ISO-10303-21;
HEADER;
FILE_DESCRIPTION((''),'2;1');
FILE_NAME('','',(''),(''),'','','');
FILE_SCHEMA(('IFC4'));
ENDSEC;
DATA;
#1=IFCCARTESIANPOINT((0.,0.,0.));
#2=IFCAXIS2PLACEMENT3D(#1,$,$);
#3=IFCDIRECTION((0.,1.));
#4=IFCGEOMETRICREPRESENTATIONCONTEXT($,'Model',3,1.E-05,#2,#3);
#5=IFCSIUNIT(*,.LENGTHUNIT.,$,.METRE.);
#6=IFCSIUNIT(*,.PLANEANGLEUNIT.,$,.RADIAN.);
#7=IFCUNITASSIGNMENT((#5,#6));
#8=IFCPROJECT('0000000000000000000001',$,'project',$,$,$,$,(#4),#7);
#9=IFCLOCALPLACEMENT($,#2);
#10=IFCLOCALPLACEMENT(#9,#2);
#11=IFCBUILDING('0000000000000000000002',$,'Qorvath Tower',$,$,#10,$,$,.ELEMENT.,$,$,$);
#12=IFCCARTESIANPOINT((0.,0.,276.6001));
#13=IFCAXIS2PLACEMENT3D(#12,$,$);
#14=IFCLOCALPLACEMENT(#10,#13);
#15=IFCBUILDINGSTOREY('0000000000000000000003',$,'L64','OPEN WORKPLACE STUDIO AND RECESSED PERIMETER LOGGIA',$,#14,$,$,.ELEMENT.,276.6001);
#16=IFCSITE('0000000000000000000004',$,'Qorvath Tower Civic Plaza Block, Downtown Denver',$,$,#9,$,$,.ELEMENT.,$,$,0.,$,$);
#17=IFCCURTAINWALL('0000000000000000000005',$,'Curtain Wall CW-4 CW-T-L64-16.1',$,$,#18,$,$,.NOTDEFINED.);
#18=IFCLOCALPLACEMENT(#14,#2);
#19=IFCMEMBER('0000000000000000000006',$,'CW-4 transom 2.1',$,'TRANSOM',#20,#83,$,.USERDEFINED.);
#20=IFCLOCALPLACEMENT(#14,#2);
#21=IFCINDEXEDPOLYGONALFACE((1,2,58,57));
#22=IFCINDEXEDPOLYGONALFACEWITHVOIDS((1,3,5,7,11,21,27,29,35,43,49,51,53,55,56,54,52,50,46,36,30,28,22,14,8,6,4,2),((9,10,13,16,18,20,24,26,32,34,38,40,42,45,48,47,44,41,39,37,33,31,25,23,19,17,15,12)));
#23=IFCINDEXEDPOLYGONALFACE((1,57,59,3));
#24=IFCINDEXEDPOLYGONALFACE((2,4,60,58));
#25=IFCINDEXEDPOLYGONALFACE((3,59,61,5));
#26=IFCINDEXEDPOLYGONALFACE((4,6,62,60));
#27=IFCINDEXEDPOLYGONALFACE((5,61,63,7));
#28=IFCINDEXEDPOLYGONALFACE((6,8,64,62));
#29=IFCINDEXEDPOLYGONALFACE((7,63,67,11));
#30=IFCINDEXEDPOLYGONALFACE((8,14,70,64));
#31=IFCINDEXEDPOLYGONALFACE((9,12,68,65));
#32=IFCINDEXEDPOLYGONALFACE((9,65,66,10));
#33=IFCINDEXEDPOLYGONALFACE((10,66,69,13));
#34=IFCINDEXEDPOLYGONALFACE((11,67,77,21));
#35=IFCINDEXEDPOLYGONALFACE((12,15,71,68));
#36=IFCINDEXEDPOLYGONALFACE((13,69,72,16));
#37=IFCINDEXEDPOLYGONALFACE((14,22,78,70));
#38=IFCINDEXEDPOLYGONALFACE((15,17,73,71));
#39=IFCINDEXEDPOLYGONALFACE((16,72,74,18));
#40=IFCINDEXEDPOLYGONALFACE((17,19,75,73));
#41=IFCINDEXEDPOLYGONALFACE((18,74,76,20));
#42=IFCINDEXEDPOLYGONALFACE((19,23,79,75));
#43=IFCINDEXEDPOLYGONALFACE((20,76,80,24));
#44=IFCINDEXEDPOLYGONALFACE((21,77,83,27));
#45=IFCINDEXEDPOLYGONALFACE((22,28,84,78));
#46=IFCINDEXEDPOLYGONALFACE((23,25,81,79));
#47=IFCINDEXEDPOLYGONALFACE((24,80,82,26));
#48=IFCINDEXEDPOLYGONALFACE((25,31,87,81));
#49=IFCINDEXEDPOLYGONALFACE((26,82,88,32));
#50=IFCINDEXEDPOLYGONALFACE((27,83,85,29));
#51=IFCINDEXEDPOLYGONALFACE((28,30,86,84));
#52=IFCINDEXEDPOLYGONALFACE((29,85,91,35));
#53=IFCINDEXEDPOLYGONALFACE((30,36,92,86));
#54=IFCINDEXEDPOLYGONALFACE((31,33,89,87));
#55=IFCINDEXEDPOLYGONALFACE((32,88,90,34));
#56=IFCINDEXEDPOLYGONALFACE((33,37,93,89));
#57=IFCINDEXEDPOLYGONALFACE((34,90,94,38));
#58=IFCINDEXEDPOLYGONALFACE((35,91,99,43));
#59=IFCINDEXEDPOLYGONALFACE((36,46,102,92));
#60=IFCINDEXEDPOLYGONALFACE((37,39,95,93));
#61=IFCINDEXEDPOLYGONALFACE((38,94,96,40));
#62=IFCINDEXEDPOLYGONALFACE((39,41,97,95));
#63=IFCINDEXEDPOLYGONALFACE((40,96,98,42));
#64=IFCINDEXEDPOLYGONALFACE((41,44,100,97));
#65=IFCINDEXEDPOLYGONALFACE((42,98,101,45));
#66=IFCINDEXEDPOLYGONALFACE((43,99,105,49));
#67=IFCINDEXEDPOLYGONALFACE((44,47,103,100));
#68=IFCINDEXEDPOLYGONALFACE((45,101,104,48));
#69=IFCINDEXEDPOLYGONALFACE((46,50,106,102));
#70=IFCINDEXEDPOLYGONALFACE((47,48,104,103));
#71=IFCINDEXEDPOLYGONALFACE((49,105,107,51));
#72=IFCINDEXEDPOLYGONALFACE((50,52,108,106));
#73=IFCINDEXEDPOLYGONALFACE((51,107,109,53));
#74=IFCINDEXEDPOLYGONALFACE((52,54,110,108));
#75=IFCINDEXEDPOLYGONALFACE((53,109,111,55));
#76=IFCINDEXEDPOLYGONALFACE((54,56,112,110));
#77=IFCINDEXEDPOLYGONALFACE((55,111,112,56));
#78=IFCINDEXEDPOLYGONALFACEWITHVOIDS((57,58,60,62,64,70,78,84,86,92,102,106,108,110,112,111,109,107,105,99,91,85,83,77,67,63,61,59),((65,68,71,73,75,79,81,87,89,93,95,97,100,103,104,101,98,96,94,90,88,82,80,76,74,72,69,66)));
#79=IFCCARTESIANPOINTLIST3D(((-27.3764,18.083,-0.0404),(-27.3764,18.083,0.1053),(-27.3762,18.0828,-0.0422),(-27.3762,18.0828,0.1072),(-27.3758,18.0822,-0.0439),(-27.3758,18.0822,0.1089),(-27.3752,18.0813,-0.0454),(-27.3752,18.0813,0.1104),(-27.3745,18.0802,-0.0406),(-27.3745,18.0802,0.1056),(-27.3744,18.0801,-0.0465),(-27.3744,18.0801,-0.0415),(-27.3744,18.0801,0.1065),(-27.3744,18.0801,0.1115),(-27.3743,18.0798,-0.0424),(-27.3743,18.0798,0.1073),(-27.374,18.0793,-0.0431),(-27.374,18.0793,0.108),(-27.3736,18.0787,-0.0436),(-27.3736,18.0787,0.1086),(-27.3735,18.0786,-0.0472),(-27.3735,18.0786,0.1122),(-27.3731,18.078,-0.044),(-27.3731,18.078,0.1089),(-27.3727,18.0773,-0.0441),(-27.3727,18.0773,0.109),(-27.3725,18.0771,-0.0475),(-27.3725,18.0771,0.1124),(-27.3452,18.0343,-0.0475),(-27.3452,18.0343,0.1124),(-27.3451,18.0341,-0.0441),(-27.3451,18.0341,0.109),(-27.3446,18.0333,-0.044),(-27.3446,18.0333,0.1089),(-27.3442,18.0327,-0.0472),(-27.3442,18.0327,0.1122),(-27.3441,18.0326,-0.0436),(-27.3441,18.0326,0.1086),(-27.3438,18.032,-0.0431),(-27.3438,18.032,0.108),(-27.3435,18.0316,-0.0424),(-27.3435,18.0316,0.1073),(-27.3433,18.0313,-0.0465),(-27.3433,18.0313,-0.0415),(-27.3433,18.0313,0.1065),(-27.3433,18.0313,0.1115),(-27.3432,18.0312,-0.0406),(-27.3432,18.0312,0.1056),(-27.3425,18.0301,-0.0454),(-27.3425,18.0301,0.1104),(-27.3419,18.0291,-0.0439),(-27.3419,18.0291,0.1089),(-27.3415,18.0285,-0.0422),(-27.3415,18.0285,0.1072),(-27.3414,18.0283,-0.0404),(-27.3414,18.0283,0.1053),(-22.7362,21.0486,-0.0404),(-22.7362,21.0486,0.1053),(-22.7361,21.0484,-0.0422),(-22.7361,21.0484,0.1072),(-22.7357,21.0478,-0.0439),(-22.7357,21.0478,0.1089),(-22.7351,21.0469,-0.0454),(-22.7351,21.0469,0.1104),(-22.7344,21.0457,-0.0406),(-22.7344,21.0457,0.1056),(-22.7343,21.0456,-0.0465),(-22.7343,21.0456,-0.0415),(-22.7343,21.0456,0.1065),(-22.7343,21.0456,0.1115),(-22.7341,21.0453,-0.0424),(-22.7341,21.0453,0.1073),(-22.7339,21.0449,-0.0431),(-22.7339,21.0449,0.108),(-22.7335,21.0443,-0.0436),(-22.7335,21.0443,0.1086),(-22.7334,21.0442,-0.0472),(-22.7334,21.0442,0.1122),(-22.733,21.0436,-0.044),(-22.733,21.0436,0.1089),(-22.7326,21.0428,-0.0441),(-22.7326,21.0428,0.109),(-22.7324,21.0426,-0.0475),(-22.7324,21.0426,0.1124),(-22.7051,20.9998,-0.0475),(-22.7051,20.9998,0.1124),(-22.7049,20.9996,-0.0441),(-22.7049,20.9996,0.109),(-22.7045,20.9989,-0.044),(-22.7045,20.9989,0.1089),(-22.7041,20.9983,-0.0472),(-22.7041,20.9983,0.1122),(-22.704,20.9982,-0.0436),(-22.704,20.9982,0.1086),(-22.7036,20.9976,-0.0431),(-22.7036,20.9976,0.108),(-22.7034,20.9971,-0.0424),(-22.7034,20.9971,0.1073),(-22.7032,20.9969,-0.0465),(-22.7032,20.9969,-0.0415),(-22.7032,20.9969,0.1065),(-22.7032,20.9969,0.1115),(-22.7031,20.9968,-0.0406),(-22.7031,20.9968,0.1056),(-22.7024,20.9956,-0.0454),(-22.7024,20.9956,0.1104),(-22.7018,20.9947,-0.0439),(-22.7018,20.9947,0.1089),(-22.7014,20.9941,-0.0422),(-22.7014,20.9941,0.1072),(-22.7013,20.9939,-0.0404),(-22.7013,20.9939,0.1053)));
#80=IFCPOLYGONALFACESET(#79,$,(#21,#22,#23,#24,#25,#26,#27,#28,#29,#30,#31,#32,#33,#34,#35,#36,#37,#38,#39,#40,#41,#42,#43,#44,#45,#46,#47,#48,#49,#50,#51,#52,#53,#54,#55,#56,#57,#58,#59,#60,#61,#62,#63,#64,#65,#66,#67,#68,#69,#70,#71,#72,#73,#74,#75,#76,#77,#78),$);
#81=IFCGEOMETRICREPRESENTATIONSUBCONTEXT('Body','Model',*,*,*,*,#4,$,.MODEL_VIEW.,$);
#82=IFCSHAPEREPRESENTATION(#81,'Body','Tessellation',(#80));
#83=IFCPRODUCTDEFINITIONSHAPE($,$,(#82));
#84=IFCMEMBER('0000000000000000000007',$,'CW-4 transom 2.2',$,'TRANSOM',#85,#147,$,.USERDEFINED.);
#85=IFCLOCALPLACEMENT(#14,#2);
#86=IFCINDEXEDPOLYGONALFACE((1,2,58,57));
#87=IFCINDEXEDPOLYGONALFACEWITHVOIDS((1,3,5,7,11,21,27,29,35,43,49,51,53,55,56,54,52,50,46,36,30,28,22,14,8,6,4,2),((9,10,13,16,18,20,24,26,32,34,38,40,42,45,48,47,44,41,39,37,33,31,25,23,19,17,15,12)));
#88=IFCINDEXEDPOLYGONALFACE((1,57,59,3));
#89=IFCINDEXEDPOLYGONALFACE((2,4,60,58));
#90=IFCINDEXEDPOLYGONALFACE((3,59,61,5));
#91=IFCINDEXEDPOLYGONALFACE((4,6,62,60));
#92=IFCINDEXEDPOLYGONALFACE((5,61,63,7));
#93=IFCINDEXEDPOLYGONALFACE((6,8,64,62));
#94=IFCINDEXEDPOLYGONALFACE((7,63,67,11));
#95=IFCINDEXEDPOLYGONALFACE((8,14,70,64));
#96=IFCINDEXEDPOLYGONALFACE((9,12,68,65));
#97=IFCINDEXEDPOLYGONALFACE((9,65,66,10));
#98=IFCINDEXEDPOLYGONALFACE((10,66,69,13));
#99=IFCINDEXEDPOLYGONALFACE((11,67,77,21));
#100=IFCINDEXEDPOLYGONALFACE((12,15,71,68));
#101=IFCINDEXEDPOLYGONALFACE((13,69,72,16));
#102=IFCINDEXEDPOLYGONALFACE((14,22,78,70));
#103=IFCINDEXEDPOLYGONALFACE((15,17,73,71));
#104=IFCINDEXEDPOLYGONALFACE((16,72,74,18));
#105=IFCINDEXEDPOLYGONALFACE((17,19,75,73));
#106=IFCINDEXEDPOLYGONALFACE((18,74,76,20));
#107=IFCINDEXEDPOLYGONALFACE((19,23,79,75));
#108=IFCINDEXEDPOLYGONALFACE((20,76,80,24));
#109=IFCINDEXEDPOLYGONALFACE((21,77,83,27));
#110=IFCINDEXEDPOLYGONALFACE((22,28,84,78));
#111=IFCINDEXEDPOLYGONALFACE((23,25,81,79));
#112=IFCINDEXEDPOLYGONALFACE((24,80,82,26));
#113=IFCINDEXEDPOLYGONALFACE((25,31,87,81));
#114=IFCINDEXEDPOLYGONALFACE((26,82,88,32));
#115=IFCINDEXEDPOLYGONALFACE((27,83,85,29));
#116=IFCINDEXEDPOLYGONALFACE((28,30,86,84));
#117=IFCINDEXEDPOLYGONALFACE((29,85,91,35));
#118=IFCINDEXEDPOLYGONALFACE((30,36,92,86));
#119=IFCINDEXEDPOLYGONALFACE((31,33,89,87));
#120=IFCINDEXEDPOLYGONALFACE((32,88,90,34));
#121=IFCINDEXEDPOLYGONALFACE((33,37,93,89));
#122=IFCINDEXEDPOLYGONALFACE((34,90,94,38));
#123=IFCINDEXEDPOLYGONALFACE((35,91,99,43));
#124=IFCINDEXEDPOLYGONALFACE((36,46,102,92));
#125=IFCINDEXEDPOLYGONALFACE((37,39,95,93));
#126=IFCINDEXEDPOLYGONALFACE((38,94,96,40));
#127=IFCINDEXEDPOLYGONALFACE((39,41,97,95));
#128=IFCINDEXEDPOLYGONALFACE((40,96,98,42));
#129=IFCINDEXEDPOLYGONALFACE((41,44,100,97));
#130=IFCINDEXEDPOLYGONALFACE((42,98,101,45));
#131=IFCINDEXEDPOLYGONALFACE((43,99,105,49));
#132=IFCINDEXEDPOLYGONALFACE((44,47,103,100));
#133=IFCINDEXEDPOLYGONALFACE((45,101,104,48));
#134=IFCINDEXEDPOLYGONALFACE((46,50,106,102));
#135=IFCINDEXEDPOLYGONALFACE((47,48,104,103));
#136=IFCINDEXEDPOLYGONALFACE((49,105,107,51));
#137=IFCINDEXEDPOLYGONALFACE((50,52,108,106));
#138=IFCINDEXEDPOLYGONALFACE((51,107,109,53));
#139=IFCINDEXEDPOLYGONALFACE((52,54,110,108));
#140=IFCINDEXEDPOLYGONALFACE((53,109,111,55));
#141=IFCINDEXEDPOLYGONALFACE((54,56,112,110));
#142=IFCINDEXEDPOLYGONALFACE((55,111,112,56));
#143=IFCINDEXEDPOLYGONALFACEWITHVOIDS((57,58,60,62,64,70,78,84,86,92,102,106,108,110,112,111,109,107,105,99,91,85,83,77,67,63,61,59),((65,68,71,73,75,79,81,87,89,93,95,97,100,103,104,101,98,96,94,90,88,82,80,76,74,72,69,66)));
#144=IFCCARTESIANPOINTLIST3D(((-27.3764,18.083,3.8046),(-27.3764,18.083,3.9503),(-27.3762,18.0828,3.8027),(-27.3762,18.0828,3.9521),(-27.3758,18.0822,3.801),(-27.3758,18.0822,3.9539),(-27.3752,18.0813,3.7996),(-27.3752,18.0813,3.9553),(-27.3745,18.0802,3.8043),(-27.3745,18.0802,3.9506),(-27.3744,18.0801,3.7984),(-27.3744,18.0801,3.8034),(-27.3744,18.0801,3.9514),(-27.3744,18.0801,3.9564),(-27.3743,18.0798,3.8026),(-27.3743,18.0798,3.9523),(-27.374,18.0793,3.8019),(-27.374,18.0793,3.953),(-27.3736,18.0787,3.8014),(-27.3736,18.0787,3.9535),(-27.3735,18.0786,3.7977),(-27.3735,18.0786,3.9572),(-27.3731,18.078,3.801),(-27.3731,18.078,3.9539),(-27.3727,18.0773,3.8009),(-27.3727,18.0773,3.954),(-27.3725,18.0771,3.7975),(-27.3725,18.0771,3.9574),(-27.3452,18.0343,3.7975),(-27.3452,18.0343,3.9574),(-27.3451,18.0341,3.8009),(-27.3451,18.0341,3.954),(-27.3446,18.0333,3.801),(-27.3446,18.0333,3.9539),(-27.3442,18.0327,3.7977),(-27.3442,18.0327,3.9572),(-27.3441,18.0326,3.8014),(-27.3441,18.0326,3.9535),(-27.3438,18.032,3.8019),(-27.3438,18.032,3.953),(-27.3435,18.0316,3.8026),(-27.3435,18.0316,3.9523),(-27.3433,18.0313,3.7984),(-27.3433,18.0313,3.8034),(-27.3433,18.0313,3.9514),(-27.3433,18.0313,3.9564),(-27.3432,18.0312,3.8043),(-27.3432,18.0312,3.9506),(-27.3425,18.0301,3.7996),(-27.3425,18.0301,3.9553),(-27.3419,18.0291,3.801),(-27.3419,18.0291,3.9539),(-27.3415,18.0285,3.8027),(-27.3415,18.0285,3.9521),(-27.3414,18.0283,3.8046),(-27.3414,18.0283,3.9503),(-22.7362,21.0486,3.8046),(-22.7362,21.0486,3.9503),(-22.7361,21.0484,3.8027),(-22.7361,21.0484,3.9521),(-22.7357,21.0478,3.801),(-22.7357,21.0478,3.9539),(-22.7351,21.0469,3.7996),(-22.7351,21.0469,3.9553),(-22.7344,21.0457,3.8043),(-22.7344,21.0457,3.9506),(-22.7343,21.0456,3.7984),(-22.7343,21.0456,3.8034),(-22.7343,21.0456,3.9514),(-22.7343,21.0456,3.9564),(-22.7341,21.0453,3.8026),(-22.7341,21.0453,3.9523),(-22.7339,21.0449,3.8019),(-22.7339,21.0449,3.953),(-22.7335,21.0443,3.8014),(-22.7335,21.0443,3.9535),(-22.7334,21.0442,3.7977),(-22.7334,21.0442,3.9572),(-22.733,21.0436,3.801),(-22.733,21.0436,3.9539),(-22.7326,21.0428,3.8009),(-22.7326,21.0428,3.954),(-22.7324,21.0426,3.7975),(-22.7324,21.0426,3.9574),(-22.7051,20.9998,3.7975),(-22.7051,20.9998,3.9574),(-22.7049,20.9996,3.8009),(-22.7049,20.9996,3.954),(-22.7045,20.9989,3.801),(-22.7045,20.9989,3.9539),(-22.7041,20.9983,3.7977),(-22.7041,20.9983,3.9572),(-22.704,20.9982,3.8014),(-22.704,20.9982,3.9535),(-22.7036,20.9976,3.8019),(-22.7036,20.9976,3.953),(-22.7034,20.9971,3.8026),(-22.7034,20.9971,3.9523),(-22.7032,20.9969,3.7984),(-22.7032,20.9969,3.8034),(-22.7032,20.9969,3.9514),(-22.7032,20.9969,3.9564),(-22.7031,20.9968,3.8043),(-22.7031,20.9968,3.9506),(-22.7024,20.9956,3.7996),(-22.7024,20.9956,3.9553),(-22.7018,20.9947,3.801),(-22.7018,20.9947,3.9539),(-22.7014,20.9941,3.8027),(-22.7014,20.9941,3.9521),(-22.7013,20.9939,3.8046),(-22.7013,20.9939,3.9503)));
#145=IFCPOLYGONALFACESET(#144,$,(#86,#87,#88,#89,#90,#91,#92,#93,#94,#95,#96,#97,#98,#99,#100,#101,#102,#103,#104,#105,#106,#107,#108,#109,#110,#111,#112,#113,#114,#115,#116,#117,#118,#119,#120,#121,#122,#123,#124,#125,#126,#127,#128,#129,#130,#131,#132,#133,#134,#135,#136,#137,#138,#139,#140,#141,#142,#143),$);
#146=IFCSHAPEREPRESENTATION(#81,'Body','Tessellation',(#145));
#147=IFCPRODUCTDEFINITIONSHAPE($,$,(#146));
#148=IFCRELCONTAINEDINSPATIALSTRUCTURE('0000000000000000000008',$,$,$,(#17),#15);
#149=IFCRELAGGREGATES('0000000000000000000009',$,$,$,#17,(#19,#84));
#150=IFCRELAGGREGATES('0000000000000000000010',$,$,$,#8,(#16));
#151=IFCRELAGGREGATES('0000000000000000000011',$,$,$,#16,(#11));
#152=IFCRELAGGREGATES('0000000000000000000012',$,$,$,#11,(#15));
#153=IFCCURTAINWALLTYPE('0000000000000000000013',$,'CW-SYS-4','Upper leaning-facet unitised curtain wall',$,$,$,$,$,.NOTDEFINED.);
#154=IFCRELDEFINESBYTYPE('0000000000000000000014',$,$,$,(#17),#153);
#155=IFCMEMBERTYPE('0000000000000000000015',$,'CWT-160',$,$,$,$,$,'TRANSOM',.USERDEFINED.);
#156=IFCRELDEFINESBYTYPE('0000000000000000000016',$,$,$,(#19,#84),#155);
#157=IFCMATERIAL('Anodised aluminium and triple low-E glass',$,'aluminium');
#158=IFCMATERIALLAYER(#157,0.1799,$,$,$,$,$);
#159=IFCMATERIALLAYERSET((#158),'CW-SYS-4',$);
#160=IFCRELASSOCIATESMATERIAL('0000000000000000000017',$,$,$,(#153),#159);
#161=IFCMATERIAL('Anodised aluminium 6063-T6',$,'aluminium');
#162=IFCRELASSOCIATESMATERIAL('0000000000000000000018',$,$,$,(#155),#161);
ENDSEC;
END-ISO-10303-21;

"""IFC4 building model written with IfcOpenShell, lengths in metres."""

from ifc_helpers import new_model, si_unit, direction, frame, origin, origin_2d, place, context, subcontext, project, spatial, hollow_rectangle, extrude, material, layer, layer_set, material_profile, profile_set, type_object, element, aggregate, save


model = new_model("IFC4")

# Units and contexts
model_context = context("Model", 3, precision=1e-05, world=origin(), true_north=direction((0.0, 1.0)))
body_context = subcontext(model_context, "Body", "Model", "MODEL_VIEW")
ifc_project = project(units=[si_unit("LENGTHUNIT", "METRE"), si_unit("PLANEANGLEUNIT", "RADIAN")], contexts=[model_context])

# Site, building, storey
site_placement = place(None, origin())
site = spatial("IfcSite", under=ifc_project, at=site_placement, Name="Qorvath Tower Civic Plaza Block, Downtown Denver", CompositionType="ELEMENT", RefElevation=0.0)
building_placement = place(site_placement, origin())
building = spatial("IfcBuilding", under=site, at=building_placement, Name="Qorvath Tower", CompositionType="ELEMENT")
storey_placement = place(building_placement, frame((0.0, 0.0, 276.6001)))
storey = spatial("IfcBuildingStorey", under=building, at=storey_placement, Name="L64", Description="OPEN WORKPLACE STUDIO AND RECESSED PERIMETER LOGGIA", CompositionType="ELEMENT", Elevation=276.6001)

# Curtain wall, members
ifc_material_1 = material(Name="Anodised aluminium and triple low-E glass", Category="aluminium")
ifc_layer_1 = layer(ifc_material_1, 0.1799)
ifc_layer_set_1 = layer_set([ifc_layer_1], Name="CW-SYS-4")
curtain_wall_type = type_object("IfcCurtainWallType", Name="CW-SYS-4", Description="Upper leaning-facet unitised curtain wall", PredefinedType="NOTDEFINED", material=ifc_layer_set_1)
curtain_wall_placement = place(storey_placement, origin())
curtain_wall = element("IfcCurtainWall", 1, at=curtain_wall_placement, inside=storey, type_object=curtain_wall_type, Name="Curtain Wall CW-4 CW-T-L64-16.1", PredefinedType="NOTDEFINED")
ifc_material_2 = material(Name="Anodised aluminium 6063-T6", Category="aluminium")
ifc_material_profile_1 = material_profile(ifc_material_2, hollow_rectangle(XDim=0.0649, YDim=0.1599, WallThickness=0.0034, InnerFilletRadius=0.0034, OuterFilletRadius=0.0071, at=origin_2d()), Name="CWT 160x65")
ifc_profile_set_1 = profile_set([ifc_material_profile_1], Name="Anodised aluminium 6063-T6")
member_type_1 = type_object("IfcMemberType", Name="CWT-160", ElementType="TRANSOM", PredefinedType="USERDEFINED", material=ifc_profile_set_1)
member_1_placement = place(storey_placement, frame((-22.7188, 21.0212, 0.0325), z_axis=(-0.84261, -0.538524, 0.0), x_axis=(0.538524, -0.84261, 0.0)))
member_1 = element("IfcMember", 2, at=member_1_placement, type_object=member_type_1, Name="CW-4 transom 2.1", ObjectType="TRANSOM", PredefinedType="USERDEFINED", context=body_context, shape_type="SweptSolid", body=[
    extrude(hollow_rectangle(XDim=0.0649, YDim=0.1599, WallThickness=0.0034, InnerFilletRadius=0.0034, OuterFilletRadius=0.0071, at=origin_2d()), origin(), (0.0, 0.0, 1.0), 5.5068),
])
member_2_placement = place(storey_placement, frame((-22.7188, 21.0212, 3.8774), z_axis=(-0.84261, -0.538524, 0.0), x_axis=(0.538524, -0.84261, 0.0)))
member_2 = element("IfcMember", 3, at=member_2_placement, type_object=member_type_1, Name="CW-4 transom 2.2", ObjectType="TRANSOM", PredefinedType="USERDEFINED", context=body_context, shape_type="SweptSolid", body=[
    extrude(hollow_rectangle(XDim=0.0649, YDim=0.1599, WallThickness=0.0034, InnerFilletRadius=0.0034, OuterFilletRadius=0.0071, at=origin_2d()), origin(), (0.0, 0.0, 1.0), 5.5068),
])
aggregate(curtain_wall, [member_1, member_2])

save(model, "model.ifc")
